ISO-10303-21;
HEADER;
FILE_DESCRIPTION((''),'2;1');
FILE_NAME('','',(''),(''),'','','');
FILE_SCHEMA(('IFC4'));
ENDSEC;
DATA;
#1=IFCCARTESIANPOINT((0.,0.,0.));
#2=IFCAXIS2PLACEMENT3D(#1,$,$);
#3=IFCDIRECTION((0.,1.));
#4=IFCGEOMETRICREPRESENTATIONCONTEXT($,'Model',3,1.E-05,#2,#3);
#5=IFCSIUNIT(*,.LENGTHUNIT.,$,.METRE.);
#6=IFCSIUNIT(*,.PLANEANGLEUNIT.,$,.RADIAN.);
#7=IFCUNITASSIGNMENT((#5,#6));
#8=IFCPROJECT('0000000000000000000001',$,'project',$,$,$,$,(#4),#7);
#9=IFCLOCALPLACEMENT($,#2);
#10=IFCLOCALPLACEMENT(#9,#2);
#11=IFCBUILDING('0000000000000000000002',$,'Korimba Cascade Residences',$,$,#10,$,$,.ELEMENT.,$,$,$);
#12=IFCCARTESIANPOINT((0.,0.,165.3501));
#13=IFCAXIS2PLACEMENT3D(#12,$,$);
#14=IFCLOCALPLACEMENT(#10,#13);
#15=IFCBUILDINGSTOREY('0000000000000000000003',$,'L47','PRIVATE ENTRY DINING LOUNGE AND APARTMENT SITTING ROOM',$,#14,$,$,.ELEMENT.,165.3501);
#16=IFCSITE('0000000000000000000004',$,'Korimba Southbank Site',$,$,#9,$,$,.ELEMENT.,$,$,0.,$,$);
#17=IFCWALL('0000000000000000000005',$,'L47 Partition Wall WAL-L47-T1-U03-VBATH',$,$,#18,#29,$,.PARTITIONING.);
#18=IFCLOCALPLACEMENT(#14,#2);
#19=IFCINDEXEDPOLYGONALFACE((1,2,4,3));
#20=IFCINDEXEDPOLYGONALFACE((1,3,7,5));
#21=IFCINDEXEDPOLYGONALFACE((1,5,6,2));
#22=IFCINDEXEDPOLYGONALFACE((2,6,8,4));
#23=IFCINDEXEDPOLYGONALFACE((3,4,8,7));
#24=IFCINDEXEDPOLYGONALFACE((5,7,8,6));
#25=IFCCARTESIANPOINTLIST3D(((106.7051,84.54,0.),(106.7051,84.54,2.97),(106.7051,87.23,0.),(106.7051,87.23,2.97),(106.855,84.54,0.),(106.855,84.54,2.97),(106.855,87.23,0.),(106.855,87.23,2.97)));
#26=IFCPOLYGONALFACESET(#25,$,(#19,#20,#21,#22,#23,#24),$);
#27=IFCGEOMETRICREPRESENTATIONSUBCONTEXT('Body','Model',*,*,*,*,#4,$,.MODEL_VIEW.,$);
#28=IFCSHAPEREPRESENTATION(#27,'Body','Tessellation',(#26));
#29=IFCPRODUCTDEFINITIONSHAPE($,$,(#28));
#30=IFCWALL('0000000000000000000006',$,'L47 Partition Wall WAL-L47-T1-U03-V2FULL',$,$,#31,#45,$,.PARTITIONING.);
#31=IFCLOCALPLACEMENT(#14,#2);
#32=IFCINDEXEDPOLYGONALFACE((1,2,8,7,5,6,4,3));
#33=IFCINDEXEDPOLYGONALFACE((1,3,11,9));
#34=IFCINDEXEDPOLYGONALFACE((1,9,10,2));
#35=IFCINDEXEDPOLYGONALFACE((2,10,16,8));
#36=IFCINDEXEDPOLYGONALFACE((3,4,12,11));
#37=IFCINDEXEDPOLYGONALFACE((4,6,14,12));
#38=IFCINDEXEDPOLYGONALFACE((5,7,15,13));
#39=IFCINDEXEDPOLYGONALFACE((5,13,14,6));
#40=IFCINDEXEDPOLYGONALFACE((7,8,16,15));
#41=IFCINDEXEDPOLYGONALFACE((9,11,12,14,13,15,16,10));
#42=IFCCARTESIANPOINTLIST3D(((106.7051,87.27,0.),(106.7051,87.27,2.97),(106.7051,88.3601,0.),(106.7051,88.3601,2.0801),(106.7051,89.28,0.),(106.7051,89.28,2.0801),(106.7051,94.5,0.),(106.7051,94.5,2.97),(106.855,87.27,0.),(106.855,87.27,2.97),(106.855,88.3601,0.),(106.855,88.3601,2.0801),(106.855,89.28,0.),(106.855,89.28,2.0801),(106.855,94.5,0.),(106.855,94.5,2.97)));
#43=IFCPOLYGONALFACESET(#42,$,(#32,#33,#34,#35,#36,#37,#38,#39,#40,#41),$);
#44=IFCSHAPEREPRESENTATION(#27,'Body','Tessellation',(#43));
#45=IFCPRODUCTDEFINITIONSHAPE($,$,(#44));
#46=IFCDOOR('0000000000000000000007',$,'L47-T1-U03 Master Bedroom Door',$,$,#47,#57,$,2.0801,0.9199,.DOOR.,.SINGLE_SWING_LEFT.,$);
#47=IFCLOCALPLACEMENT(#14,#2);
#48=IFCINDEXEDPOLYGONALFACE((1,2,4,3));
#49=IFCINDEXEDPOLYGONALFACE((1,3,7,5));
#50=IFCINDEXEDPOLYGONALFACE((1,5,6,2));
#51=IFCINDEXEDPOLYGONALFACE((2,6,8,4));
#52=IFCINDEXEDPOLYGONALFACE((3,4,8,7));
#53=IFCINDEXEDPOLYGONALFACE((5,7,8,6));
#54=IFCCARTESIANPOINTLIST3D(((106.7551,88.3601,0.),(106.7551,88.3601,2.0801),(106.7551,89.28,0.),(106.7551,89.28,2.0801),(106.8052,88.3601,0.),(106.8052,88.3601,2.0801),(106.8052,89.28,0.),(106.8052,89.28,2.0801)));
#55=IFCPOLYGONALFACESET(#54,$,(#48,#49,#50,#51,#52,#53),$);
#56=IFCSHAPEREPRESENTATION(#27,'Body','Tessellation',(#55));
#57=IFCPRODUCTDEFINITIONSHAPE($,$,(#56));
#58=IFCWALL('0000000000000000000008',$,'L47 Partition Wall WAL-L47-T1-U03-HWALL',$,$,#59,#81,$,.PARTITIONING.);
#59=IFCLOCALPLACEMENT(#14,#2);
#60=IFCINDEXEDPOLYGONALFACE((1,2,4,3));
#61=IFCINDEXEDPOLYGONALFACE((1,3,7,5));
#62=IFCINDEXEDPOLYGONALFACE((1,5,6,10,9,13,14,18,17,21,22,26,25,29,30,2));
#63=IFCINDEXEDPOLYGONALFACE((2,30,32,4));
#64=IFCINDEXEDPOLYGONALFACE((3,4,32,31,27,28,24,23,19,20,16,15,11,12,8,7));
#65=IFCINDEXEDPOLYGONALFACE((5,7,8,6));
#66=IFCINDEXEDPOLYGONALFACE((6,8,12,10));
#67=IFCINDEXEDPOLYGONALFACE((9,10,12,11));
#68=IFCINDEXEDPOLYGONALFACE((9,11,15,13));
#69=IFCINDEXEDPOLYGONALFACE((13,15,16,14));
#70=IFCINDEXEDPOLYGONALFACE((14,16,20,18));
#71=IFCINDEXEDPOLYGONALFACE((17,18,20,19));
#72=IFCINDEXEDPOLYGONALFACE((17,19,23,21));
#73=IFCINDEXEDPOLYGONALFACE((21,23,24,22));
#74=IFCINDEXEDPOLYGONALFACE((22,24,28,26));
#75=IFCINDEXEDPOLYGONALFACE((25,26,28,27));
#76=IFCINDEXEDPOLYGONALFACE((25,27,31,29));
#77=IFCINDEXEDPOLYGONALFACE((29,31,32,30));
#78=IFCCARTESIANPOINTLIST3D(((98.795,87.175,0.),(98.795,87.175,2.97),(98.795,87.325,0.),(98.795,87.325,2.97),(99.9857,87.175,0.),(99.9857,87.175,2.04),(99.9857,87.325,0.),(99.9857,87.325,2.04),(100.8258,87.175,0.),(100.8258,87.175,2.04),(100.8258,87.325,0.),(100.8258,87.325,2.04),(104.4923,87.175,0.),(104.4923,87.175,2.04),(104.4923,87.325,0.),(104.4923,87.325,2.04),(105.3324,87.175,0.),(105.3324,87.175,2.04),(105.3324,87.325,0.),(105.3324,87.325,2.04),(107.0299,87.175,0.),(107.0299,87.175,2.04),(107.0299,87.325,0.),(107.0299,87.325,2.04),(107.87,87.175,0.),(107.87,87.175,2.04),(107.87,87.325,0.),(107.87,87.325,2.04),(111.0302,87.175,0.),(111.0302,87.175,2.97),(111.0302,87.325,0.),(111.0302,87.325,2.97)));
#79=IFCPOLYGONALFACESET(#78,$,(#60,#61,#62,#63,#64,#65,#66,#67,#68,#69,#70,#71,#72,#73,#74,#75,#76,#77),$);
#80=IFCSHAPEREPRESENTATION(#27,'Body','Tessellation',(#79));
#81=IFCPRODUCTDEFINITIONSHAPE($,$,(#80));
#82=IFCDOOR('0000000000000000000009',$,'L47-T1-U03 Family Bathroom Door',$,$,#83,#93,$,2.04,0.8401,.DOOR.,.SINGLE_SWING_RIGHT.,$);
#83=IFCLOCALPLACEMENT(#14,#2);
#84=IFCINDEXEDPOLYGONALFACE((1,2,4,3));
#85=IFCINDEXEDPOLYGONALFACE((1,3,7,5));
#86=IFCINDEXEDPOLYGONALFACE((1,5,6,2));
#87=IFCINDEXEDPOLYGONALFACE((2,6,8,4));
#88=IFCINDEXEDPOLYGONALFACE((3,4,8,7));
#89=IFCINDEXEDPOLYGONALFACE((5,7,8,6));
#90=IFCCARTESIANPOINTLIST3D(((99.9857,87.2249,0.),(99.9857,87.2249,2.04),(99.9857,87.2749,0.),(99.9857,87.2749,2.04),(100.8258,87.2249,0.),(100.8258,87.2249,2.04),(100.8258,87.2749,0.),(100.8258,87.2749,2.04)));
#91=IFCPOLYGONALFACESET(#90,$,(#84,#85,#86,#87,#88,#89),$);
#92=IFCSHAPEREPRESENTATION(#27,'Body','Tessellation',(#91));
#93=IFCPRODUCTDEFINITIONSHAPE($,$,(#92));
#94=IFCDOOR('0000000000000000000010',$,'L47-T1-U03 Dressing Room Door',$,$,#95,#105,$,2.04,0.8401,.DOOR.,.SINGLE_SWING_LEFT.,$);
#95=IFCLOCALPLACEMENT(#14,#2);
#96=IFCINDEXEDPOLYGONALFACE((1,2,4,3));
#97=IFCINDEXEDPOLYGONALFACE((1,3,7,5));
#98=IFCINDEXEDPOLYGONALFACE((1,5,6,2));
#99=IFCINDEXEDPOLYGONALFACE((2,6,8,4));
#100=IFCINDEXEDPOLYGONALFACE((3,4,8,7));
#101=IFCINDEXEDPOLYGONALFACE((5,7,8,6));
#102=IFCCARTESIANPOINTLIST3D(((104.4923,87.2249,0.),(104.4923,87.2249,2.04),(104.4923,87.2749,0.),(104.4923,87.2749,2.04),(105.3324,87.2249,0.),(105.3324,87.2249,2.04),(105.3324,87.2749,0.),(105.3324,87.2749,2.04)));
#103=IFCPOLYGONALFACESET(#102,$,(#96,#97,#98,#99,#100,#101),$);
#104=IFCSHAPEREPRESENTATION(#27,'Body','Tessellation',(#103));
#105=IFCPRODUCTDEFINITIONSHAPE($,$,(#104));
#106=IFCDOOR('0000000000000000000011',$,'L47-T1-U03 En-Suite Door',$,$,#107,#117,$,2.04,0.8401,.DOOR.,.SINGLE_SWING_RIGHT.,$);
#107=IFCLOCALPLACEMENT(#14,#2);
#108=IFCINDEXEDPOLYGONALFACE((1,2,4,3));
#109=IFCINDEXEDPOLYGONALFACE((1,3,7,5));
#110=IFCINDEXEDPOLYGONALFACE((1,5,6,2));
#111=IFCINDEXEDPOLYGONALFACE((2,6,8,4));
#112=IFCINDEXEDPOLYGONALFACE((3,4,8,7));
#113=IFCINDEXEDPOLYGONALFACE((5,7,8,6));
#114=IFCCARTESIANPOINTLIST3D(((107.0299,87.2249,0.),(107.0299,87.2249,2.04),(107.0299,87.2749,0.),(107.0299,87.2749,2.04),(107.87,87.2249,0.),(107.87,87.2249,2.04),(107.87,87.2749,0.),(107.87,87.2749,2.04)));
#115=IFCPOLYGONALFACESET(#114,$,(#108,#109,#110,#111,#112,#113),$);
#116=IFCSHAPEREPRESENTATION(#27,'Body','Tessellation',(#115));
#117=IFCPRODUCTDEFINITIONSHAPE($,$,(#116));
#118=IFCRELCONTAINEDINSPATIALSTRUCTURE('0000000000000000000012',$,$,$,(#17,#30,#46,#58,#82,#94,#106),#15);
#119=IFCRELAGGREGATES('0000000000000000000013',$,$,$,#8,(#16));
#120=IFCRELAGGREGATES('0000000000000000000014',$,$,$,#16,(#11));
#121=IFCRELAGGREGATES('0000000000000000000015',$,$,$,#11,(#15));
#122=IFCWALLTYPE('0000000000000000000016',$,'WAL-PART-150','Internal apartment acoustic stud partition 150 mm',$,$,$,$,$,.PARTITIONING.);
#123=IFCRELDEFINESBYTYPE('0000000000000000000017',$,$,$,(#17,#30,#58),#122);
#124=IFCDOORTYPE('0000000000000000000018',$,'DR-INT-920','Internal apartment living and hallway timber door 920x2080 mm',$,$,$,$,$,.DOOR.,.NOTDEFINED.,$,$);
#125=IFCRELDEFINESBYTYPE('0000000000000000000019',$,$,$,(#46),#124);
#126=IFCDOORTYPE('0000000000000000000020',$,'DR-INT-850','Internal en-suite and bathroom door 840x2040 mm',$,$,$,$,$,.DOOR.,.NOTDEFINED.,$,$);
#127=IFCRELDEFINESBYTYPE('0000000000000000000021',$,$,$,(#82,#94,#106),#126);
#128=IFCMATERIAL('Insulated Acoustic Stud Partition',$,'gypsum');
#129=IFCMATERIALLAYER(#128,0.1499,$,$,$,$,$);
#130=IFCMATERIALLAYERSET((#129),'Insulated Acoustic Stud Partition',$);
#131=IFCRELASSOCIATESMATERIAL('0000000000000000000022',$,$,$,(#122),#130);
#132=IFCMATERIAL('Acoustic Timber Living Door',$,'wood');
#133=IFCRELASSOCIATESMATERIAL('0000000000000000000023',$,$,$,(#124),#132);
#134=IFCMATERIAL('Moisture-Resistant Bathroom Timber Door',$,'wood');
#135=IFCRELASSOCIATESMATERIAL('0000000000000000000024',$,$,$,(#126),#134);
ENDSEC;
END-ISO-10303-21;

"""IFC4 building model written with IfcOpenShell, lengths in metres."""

from ifc_helpers import new_model, si_unit, direction, frame, frame_2d, origin, place, context, subcontext, project, spatial, rectangle, extrude, material, layer, layer_set, type_object, element, fill, save


model = new_model("IFC4")

# Units and contexts
model_context = context("Model", 3, precision=1e-05, world=origin(), true_north=direction((0.0, 1.0)))
body_context = subcontext(model_context, "Body", "Model", "MODEL_VIEW")
ifc_project = project(units=[si_unit("LENGTHUNIT", "METRE"), si_unit("PLANEANGLEUNIT", "RADIAN")], contexts=[model_context])

# Site, building, storey
site_placement = place(None, origin())
site = spatial("IfcSite", under=ifc_project, at=site_placement, Name="Korimba Southbank Site", CompositionType="ELEMENT", RefElevation=0.0)
building_placement = place(site_placement, origin())
building = spatial("IfcBuilding", under=site, at=building_placement, Name="Korimba Cascade Residences", CompositionType="ELEMENT")
storey_placement = place(building_placement, frame((0.0, 0.0, 165.3501)))
storey = spatial("IfcBuildingStorey", under=building, at=storey_placement, Name="L47", Description="PRIVATE ENTRY DINING LOUNGE AND APARTMENT SITTING ROOM", CompositionType="ELEMENT", Elevation=165.3501)

# Shared definitions
ifc_material_1 = material(Name="Insulated Acoustic Stud Partition", Category="gypsum")
ifc_layer = layer(ifc_material_1, 0.1499)
ifc_layer_set = layer_set([ifc_layer], Name="Insulated Acoustic Stud Partition")
wall_type = type_object("IfcWallType", Name="WAL-PART-150", Description="Internal apartment acoustic stud partition 150 mm", PredefinedType="PARTITIONING", material=ifc_layer_set)

# Shared definitions
ifc_material_2 = material(Name="Acoustic Timber Living Door", Category="wood")
door_type_1 = type_object("IfcDoorType", Name="DR-INT-920", Description="Internal apartment living and hallway timber door 920x2080 mm", OperationType="NOTDEFINED", PredefinedType="DOOR", material=ifc_material_2)

# Wall
wall_1_placement = place(storey_placement, frame((106.78, 84.54, 0.0), z_axis=(0.0, 0.0, 1.0), x_axis=(0.0, 1.0, 0.0)))
element("IfcWall", 1, at=wall_1_placement, inside=storey, type_object=wall_type, Name="L47 Partition Wall WAL-L47-T1-U03-VBATH", PredefinedType="PARTITIONING", context=body_context, shape_type="SweptSolid", body=[
    extrude(rectangle(XDim=2.6899, YDim=0.1499, at=frame_2d((1.345, 0.0))), origin(), (0.0, 0.0, 1.0), 2.97),
])

# Wall, opening, door
wall_2_placement = place(storey_placement, frame((106.78, 87.27, 0.0), z_axis=(0.0, 0.0, 1.0), x_axis=(0.0, 1.0, 0.0)))
wall_2 = element("IfcWall", 2, at=wall_2_placement, inside=storey, type_object=wall_type, Name="L47 Partition Wall WAL-L47-T1-U03-V2FULL", PredefinedType="PARTITIONING", context=body_context, shape_type="SweptSolid", body=[
    extrude(rectangle(XDim=7.23, YDim=0.1499, at=frame_2d((3.615, 0.0))), origin(), (0.0, 0.0, 1.0), 2.97),
])
opening_1_placement = place(wall_2_placement, frame((1.0901, 0.0, 0.0)))
opening_1 = element("IfcOpeningElement", 3, at=opening_1_placement, cuts=wall_2, PredefinedType="OPENING", context=body_context, shape_type="SweptSolid", body=[
    extrude(rectangle(XDim=0.9199, YDim=2.0801, at=frame_2d((0.46, 1.04))), frame((0.0, 0.085, 0.0), z_axis=(0.0, -1.0, 0.0), x_axis=(1.0, 0.0, 0.0)), (0.0, 0.0, 1.0), 0.1699),
])
door_1_placement = place(opening_1_placement, origin())
door_1 = element("IfcDoor", 4, at=door_1_placement, inside=storey, type_object=door_type_1, Name="L47-T1-U03 Master Bedroom Door", OperationType="SINGLE_SWING_LEFT", OverallHeight=2.0801, OverallWidth=0.9199, PredefinedType="DOOR", context=body_context, shape_type="SweptSolid", body=[
    extrude(rectangle(XDim=0.9199, YDim=2.0801, at=frame_2d((0.46, 1.04))), frame((0.0, 0.0249, 0.0), z_axis=(0.0, -1.0, 0.0), x_axis=(1.0, 0.0, 0.0)), (0.0, 0.0, 1.0), 0.05),
])
fill(opening_1, door_1)

# Wall, openings, doors
wall_3_placement = place(storey_placement, frame((98.7949, 87.25, 0.0), z_axis=(0.0, 0.0, 1.0), x_axis=(1.0, 0.0, 0.0)))
wall_3 = element("IfcWall", 5, at=wall_3_placement, inside=storey, type_object=wall_type, Name="L47 Partition Wall WAL-L47-T1-U03-HWALL", PredefinedType="PARTITIONING", context=body_context, shape_type="SweptSolid", body=[
    extrude(rectangle(XDim=12.2351, YDim=0.1499, at=frame_2d((6.1177, 0.0))), origin(), (0.0, 0.0, 1.0), 2.97),
])
opening_2_placement = place(wall_3_placement, frame((1.1909, 0.0, 0.0)))
opening_2 = element("IfcOpeningElement", 6, at=opening_2_placement, cuts=wall_3, PredefinedType="OPENING", context=body_context, shape_type="SweptSolid", body=[
    extrude(rectangle(XDim=0.8401, YDim=2.04, at=frame_2d((0.4199, 1.02))), frame((0.0, 0.085, 0.0), z_axis=(0.0, -1.0, 0.0), x_axis=(1.0, 0.0, 0.0)), (0.0, 0.0, 1.0), 0.1699),
])
opening_3_placement = place(wall_3_placement, frame((5.6975, 0.0, 0.0)))
opening_3 = element("IfcOpeningElement", 7, at=opening_3_placement, cuts=wall_3, PredefinedType="OPENING", context=body_context, shape_type="SweptSolid", body=[
    extrude(rectangle(XDim=0.8401, YDim=2.04, at=frame_2d((0.4199, 1.02))), frame((0.0, 0.085, 0.0), z_axis=(0.0, -1.0, 0.0), x_axis=(1.0, 0.0, 0.0)), (0.0, 0.0, 1.0), 0.1699),
])
opening_4_placement = place(wall_3_placement, frame((8.2351, 0.0, 0.0)))
opening_4 = element("IfcOpeningElement", 8, at=opening_4_placement, cuts=wall_3, PredefinedType="OPENING", context=body_context, shape_type="SweptSolid", body=[
    extrude(rectangle(XDim=0.8401, YDim=2.04, at=frame_2d((0.4199, 1.02))), frame((0.0, 0.085, 0.0), z_axis=(0.0, -1.0, 0.0), x_axis=(1.0, 0.0, 0.0)), (0.0, 0.0, 1.0), 0.1699),
])
ifc_material_3 = material(Name="Moisture-Resistant Bathroom Timber Door", Category="wood")
door_type_2 = type_object("IfcDoorType", Name="DR-INT-850", Description="Internal en-suite and bathroom door 840x2040 mm", OperationType="NOTDEFINED", PredefinedType="DOOR", material=ifc_material_3)
door_2_placement = place(opening_2_placement, origin())
door_2 = element("IfcDoor", 9, at=door_2_placement, inside=storey, type_object=door_type_2, Name="L47-T1-U03 Family Bathroom Door", OperationType="SINGLE_SWING_RIGHT", OverallHeight=2.04, OverallWidth=0.8401, PredefinedType="DOOR", context=body_context, shape_type="SweptSolid", body=[
    extrude(rectangle(XDim=0.8401, YDim=2.04, at=frame_2d((0.4199, 1.02))), frame((0.0, 0.0249, 0.0), z_axis=(0.0, -1.0, 0.0), x_axis=(1.0, 0.0, 0.0)), (0.0, 0.0, 1.0), 0.05),
])
fill(opening_2, door_2)
door_3_placement = place(opening_3_placement, origin())
door_3 = element("IfcDoor", 10, at=door_3_placement, inside=storey, type_object=door_type_2, Name="L47-T1-U03 Dressing Room Door", OperationType="SINGLE_SWING_LEFT", OverallHeight=2.04, OverallWidth=0.8401, PredefinedType="DOOR", context=body_context, shape_type="SweptSolid", body=[
    extrude(rectangle(XDim=0.8401, YDim=2.04, at=frame_2d((0.4199, 1.02))), frame((0.0, 0.0249, 0.0), z_axis=(0.0, -1.0, 0.0), x_axis=(1.0, 0.0, 0.0)), (0.0, 0.0, 1.0), 0.05),
])
fill(opening_3, door_3)
door_4_placement = place(opening_4_placement, origin())
door_4 = element("IfcDoor", 11, at=door_4_placement, inside=storey, type_object=door_type_2, Name="L47-T1-U03 En-Suite Door", OperationType="SINGLE_SWING_RIGHT", OverallHeight=2.04, OverallWidth=0.8401, PredefinedType="DOOR", context=body_context, shape_type="SweptSolid", body=[
    extrude(rectangle(XDim=0.8401, YDim=2.04, at=frame_2d((0.4199, 1.02))), frame((0.0, 0.0249, 0.0), z_axis=(0.0, -1.0, 0.0), x_axis=(1.0, 0.0, 0.0)), (0.0, 0.0, 1.0), 0.05),
])
fill(opening_4, door_4)

save(model, "model.ifc")
